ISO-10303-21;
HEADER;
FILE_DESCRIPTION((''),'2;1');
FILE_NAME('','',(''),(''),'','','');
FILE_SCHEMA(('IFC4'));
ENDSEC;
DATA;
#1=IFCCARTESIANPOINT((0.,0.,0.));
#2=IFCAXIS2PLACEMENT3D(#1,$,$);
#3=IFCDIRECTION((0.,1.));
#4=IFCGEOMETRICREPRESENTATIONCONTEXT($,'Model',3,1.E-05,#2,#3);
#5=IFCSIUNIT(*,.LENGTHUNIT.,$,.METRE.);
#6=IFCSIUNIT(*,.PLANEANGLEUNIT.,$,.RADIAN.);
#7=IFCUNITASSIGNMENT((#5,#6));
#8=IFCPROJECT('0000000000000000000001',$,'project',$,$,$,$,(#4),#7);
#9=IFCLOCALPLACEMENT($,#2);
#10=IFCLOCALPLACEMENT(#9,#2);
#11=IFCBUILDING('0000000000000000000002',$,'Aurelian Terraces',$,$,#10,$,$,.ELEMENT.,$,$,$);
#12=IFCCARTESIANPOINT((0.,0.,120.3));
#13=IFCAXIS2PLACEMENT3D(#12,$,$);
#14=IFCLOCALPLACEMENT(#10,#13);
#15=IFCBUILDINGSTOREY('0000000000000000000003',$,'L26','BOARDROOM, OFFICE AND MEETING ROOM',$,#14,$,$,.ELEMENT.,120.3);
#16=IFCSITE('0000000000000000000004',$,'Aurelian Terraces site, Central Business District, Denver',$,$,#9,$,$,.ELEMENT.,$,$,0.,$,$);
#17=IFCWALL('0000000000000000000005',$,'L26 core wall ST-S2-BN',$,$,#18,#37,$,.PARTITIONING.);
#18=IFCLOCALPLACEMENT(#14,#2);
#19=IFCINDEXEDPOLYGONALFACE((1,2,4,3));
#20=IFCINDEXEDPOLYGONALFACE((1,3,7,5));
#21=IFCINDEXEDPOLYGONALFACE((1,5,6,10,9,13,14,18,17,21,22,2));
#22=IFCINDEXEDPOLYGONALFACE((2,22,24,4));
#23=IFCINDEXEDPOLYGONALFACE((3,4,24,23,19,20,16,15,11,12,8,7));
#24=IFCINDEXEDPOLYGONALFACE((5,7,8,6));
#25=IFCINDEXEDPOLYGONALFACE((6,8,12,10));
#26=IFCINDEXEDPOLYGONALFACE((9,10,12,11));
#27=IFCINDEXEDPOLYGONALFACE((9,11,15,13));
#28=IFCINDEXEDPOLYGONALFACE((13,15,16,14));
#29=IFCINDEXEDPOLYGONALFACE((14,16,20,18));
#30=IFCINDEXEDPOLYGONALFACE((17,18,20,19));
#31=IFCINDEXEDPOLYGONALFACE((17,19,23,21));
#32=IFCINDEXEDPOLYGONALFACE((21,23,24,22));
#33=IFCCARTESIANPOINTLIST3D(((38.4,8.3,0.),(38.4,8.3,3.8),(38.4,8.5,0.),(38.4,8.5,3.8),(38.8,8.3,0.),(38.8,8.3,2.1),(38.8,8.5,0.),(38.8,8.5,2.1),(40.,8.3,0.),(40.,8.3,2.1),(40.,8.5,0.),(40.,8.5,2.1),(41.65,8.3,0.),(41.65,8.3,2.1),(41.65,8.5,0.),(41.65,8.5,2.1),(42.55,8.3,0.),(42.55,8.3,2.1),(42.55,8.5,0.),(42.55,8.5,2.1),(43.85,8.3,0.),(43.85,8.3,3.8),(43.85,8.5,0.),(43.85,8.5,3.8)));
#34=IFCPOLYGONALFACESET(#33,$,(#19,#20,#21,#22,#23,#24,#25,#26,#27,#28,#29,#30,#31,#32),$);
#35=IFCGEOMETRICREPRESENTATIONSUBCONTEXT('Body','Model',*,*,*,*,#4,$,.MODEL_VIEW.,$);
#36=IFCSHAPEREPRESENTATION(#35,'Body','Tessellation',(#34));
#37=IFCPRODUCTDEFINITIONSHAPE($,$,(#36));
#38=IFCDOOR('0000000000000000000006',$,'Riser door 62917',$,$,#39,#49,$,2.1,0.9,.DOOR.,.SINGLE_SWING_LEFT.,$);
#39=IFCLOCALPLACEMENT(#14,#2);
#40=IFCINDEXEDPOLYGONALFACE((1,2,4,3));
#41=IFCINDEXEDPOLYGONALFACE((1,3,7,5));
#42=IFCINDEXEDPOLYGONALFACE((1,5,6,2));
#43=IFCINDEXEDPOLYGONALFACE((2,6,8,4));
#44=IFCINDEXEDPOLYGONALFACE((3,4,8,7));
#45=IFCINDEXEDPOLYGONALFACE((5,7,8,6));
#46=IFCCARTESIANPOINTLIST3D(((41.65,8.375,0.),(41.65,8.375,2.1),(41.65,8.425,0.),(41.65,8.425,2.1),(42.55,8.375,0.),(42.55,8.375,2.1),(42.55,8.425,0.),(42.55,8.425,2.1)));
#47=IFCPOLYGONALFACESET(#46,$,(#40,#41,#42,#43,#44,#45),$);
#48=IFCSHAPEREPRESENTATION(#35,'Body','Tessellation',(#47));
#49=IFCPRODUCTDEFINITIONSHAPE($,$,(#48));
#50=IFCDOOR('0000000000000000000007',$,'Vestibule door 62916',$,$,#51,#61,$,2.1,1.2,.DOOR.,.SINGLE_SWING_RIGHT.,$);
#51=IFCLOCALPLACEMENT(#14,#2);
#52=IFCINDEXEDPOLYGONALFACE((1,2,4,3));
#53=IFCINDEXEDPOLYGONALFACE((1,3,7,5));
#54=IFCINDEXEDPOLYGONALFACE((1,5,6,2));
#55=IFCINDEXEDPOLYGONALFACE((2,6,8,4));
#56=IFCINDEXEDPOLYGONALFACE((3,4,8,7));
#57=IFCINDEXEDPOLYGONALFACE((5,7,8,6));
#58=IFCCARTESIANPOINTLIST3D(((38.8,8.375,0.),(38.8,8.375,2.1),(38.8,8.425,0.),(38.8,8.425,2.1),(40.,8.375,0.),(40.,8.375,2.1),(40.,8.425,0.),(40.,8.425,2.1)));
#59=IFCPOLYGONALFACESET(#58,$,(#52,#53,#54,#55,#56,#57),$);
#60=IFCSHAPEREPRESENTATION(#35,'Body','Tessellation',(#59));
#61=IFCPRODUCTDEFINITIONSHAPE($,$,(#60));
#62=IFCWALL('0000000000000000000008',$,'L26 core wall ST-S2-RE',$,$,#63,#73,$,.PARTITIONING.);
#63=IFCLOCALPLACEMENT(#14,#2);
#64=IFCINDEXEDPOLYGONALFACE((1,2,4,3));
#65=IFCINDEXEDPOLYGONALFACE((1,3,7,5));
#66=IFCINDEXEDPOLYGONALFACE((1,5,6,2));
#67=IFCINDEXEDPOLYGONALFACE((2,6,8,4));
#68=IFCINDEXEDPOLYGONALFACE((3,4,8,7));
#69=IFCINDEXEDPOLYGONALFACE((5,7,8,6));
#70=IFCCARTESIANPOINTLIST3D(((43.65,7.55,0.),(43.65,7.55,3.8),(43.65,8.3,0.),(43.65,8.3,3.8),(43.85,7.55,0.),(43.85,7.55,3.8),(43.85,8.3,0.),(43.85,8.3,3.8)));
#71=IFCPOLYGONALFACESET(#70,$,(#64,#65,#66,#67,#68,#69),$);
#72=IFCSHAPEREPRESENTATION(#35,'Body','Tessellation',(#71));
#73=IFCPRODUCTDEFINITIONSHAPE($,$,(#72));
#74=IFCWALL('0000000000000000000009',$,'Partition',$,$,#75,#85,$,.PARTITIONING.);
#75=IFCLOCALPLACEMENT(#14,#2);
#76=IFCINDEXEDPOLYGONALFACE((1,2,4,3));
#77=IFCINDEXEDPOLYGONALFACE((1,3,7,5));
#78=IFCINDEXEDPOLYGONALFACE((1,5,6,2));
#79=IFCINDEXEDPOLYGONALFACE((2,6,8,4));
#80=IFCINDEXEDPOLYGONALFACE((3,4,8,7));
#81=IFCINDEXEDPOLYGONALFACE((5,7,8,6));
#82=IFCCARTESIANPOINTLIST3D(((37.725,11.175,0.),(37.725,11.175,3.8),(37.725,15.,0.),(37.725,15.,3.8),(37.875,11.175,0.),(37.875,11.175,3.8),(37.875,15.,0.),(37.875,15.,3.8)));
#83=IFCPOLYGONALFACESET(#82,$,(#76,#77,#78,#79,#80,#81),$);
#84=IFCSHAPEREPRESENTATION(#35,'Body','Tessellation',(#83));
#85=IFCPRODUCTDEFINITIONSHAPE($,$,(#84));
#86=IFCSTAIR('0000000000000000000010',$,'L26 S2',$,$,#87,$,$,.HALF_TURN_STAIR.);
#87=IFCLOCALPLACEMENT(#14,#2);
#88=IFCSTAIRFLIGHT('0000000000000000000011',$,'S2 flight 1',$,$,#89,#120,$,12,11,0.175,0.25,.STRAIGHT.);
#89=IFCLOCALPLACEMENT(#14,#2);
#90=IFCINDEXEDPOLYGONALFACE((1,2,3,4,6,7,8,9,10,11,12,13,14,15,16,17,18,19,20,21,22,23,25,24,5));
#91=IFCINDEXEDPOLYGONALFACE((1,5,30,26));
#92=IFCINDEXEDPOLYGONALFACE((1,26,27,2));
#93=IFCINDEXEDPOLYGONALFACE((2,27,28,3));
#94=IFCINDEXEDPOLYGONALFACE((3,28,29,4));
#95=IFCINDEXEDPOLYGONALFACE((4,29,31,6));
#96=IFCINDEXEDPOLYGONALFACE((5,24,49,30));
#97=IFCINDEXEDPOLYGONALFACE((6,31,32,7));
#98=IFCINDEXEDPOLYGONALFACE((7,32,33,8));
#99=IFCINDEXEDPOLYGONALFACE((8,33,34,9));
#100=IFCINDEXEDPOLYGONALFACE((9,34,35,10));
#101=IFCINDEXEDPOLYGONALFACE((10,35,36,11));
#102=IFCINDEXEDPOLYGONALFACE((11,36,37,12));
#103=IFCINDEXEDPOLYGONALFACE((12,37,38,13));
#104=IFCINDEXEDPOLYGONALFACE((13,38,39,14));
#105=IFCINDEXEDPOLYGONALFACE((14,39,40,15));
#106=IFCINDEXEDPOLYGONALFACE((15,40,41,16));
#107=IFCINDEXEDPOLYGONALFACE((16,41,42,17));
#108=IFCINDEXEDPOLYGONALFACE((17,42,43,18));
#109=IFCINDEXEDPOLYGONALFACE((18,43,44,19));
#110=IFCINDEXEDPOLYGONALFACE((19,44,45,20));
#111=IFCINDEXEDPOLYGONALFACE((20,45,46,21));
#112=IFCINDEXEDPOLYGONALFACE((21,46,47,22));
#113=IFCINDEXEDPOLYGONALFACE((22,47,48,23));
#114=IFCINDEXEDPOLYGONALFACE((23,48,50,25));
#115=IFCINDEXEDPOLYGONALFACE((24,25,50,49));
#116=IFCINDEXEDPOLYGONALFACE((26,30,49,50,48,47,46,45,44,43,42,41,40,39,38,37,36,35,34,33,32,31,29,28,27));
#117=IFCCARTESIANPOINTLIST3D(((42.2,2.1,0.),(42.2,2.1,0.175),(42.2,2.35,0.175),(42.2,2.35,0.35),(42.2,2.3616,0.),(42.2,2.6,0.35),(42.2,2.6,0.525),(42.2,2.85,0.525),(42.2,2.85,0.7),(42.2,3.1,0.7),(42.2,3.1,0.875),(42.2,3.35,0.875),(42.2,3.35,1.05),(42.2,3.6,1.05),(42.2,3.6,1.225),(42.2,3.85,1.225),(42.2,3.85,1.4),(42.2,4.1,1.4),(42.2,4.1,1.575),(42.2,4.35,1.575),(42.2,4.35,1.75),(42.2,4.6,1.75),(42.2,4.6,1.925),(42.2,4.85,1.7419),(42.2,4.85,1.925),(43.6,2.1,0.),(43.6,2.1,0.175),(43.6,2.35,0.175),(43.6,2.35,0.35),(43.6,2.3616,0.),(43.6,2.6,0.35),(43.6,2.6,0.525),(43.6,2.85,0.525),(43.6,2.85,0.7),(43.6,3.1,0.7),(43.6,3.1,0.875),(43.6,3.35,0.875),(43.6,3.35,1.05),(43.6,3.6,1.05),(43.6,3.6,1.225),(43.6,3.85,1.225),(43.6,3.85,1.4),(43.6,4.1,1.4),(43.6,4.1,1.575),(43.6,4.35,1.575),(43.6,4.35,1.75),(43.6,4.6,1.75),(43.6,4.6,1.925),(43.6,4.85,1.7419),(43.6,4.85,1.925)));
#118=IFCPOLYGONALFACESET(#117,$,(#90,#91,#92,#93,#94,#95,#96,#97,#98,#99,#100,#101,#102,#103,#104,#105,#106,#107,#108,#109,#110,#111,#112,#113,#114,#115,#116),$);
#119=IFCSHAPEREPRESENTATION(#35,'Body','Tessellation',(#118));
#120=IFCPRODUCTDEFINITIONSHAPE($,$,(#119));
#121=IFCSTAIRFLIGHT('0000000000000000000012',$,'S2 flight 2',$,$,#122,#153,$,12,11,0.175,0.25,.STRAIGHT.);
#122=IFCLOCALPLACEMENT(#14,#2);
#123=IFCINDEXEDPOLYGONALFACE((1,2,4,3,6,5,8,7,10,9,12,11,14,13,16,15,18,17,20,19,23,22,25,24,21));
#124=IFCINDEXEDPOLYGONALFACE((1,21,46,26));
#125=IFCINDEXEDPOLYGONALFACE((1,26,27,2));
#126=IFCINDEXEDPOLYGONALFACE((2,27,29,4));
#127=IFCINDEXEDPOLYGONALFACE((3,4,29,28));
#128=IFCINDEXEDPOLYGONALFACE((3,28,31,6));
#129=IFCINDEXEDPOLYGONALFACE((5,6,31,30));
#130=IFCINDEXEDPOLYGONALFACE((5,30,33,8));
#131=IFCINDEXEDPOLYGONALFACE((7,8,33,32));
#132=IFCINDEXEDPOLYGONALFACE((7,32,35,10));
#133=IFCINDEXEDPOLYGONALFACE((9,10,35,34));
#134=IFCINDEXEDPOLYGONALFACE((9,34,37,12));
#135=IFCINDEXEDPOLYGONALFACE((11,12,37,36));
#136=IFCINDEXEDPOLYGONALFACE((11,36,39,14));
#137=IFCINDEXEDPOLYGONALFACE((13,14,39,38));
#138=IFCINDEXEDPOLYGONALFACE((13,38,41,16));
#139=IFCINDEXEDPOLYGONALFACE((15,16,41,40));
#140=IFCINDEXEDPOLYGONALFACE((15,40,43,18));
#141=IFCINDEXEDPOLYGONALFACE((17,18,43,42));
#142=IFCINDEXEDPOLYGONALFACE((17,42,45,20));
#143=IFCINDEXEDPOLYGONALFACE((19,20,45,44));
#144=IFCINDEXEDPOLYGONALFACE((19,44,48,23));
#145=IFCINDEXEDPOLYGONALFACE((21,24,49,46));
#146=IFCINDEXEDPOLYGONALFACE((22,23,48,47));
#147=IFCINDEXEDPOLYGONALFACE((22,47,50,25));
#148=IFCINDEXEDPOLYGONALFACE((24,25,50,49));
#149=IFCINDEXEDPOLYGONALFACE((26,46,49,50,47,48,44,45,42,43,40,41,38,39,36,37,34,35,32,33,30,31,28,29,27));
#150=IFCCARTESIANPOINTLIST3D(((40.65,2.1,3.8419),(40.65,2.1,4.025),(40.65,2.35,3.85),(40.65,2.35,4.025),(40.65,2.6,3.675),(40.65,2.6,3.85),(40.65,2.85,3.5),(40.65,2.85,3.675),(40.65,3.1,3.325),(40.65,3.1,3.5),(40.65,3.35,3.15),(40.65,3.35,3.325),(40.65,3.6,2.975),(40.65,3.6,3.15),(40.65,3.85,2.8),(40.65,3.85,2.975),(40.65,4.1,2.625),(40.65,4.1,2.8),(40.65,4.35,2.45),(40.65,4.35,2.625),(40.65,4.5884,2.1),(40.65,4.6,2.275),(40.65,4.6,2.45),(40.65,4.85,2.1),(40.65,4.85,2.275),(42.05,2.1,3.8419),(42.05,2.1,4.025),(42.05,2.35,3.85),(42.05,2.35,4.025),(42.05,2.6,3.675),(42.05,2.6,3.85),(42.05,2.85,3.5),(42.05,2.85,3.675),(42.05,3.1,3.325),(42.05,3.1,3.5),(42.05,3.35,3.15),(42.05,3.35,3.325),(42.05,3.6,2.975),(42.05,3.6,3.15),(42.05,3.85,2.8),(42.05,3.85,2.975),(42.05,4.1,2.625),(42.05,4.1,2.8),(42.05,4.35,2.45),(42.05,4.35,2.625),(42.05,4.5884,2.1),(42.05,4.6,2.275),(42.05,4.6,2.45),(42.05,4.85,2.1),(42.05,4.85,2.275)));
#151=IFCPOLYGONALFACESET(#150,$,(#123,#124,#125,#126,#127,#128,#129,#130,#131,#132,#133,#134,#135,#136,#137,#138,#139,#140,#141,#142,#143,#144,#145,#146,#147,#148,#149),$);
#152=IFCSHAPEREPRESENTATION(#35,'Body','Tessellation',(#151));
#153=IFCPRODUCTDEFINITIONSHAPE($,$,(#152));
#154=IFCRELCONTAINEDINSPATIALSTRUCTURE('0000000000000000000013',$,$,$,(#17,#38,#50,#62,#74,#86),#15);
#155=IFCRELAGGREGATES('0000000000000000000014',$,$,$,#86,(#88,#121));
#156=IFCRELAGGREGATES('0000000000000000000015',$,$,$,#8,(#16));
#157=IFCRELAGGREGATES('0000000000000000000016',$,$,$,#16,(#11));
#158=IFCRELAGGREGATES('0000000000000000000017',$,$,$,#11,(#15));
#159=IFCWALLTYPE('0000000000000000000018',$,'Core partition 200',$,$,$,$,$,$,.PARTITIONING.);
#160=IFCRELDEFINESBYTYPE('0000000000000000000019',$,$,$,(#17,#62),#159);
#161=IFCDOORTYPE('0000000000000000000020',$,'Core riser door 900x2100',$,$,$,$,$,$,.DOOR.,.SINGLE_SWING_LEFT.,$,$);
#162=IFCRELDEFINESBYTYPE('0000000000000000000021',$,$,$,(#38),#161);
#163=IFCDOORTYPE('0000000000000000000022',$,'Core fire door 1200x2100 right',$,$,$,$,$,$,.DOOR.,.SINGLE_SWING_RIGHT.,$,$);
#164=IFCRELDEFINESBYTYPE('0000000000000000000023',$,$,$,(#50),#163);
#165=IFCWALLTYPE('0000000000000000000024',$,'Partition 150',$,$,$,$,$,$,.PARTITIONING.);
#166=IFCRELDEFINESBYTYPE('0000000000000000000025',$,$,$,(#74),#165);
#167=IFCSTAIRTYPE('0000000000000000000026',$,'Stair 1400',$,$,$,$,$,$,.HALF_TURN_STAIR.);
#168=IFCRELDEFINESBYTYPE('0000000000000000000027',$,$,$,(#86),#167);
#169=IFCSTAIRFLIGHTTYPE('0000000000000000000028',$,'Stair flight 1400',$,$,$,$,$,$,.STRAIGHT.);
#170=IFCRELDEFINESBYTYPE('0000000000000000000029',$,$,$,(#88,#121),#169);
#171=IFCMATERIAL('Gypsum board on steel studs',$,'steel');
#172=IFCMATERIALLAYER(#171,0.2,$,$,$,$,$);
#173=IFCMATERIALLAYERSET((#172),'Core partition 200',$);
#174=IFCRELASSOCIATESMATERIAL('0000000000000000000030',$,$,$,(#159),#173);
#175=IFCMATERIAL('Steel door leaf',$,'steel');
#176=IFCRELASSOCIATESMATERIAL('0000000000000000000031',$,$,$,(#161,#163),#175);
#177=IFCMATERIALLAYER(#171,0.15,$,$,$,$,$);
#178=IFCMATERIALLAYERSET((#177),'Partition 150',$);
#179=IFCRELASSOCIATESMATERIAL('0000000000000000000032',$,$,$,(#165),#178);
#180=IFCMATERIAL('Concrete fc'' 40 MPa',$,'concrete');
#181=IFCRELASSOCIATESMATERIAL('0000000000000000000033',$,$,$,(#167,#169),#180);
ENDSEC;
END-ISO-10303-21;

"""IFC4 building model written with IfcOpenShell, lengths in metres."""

from ifc_helpers import new_model, si_unit, direction, frame, frame_2d, origin, place, context, subcontext, project, spatial, polyline, rectangle, outline, extrude, source, transform, mapped, material, layer, layer_set, type_object, element, fill, aggregate, save


model = new_model("IFC4")

# Units and contexts
model_context = context("Model", 3, precision=1e-05, world=origin(), true_north=direction((0.0, 1.0)))
body_context = subcontext(model_context, "Body", "Model", "MODEL_VIEW")
ifc_project = project(units=[si_unit("LENGTHUNIT", "METRE"), si_unit("PLANEANGLEUNIT", "RADIAN")], contexts=[model_context])

# Site, building, storey
site_placement = place(None, origin())
site = spatial("IfcSite", under=ifc_project, at=site_placement, Name="Aurelian Terraces site, Central Business District, Denver", CompositionType="ELEMENT", RefElevation=0.0)
building_placement = place(site_placement, origin())
building = spatial("IfcBuilding", under=site, at=building_placement, Name="Aurelian Terraces", CompositionType="ELEMENT")
storey_placement = place(building_placement, frame((0.0, 0.0, 120.3)))
storey = spatial("IfcBuildingStorey", under=building, at=storey_placement, Name="L26", Description="BOARDROOM, OFFICE AND MEETING ROOM", CompositionType="ELEMENT", Elevation=120.3)

# Shared definitions
ifc_material_1 = material(Name="Concrete fc' 40 MPa", Category="concrete")

# Shared definitions
ifc_material_2 = material(Name="Steel door leaf", Category="steel")

# Shared definitions
ifc_material_3 = material(Name="Gypsum board on steel studs", Category="steel")
ifc_layer_1 = layer(ifc_material_3, 0.2)
ifc_layer_set_1 = layer_set([ifc_layer_1], Name="Core partition 200")
wall_type_1 = type_object("IfcWallType", Name="Core partition 200", PredefinedType="PARTITIONING", material=ifc_layer_set_1)

# Wall, openings, doors
shared_shape_1 = source(origin(), body_context, "Body", "SweptSolid", [
    extrude(rectangle(XDim=5.45, YDim=0.2, at=frame_2d((2.725, 0.0))), origin(), (0.0, 0.0, 1.0), 3.8),
])
wall_1_placement = place(storey_placement, frame((38.4, 8.4, 0.0), z_axis=(0.0, 0.0, 1.0), x_axis=(1.0, 0.0, 0.0)))
wall_1 = element("IfcWall", 1, at=wall_1_placement, inside=storey, type_object=wall_type_1, Name="L26 core wall ST-S2-BN", PredefinedType="PARTITIONING", context=body_context, shape_type="MappedRepresentation", body=[
    mapped(shared_shape_1, transform((0.0, 0.0, 0.0), scale=1.0)),
])
shared_shape_2 = source(origin(), body_context, "Body", "SweptSolid", [
    extrude(rectangle(XDim=1.2, YDim=2.1, at=frame_2d((0.6, 1.05))), frame((0.0, 0.11, 0.0), z_axis=(0.0, -1.0, 0.0), x_axis=(1.0, 0.0, 0.0)), (0.0, 0.0, 1.0), 0.22),
])
opening_1_placement = place(wall_1_placement, frame((0.4, 0.0, 0.0)))
opening_1 = element("IfcOpeningElement", 2, at=opening_1_placement, cuts=wall_1, PredefinedType="OPENING", context=body_context, shape_type="MappedRepresentation", body=[
    mapped(shared_shape_2, transform((0.0, 0.0, 0.0), scale=1.0)),
])
shared_shape_3 = source(origin(), body_context, "Body", "SweptSolid", [
    extrude(rectangle(XDim=0.9, YDim=2.1, at=frame_2d((0.45, 1.05))), frame((0.0, 0.11, 0.0), z_axis=(0.0, -1.0, 0.0), x_axis=(1.0, 0.0, 0.0)), (0.0, 0.0, 1.0), 0.22),
])
opening_2_placement = place(wall_1_placement, frame((3.25, 0.0, 0.0)))
opening_2 = element("IfcOpeningElement", 3, at=opening_2_placement, cuts=wall_1, PredefinedType="OPENING", context=body_context, shape_type="MappedRepresentation", body=[
    mapped(shared_shape_3, transform((0.0, 0.0, 0.0), scale=1.0)),
])
door_type_1 = type_object("IfcDoorType", Name="Core riser door 900x2100", OperationType="SINGLE_SWING_LEFT", PredefinedType="DOOR", material=ifc_material_2)
shared_shape_4 = source(origin(), body_context, "Body", "SweptSolid", [
    extrude(rectangle(XDim=0.9, YDim=2.1, at=frame_2d((0.45, 1.05))), frame((0.0, 0.025, 0.0), z_axis=(0.0, -1.0, 0.0), x_axis=(1.0, 0.0, 0.0)), (0.0, 0.0, 1.0), 0.05),
])
door_1_placement = place(opening_2_placement, origin())
door_1 = element("IfcDoor", 4, at=door_1_placement, inside=storey, type_object=door_type_1, Name="Riser door 62917", OperationType="SINGLE_SWING_LEFT", OverallHeight=2.1, OverallWidth=0.9, PredefinedType="DOOR", context=body_context, shape_type="MappedRepresentation", body=[
    mapped(shared_shape_4, transform((0.0, 0.0, 0.0), scale=1.0)),
])
fill(opening_2, door_1)
door_type_2 = type_object("IfcDoorType", Name="Core fire door 1200x2100 right", OperationType="SINGLE_SWING_RIGHT", PredefinedType="DOOR", material=ifc_material_2)
shared_shape_5 = source(origin(), body_context, "Body", "SweptSolid", [
    extrude(rectangle(XDim=1.2, YDim=2.1, at=frame_2d((0.6, 1.05))), frame((0.0, 0.025, 0.0), z_axis=(0.0, -1.0, 0.0), x_axis=(1.0, 0.0, 0.0)), (0.0, 0.0, 1.0), 0.05),
])
door_2_placement = place(opening_1_placement, origin())
door_2 = element("IfcDoor", 5, at=door_2_placement, inside=storey, type_object=door_type_2, Name="Vestibule door 62916", OperationType="SINGLE_SWING_RIGHT", OverallHeight=2.1, OverallWidth=1.2, PredefinedType="DOOR", context=body_context, shape_type="MappedRepresentation", body=[
    mapped(shared_shape_5, transform((0.0, 0.0, 0.0), scale=1.0)),
])
fill(opening_1, door_2)

# Walls
shared_shape_6 = source(origin(), body_context, "Body", "SweptSolid", [
    extrude(rectangle(XDim=0.75, YDim=0.2, at=frame_2d((0.375, 0.0))), origin(), (0.0, 0.0, 1.0), 3.8),
])
wall_2_placement = place(storey_placement, frame((43.75, 7.55, 0.0), z_axis=(0.0, 0.0, 1.0), x_axis=(0.0, 1.0, 0.0)))
element("IfcWall", 6, at=wall_2_placement, inside=storey, type_object=wall_type_1, Name="L26 core wall ST-S2-RE", PredefinedType="PARTITIONING", context=body_context, shape_type="MappedRepresentation", body=[
    mapped(shared_shape_6, transform((0.0, 0.0, 0.0), scale=1.0)),
])
ifc_layer_2 = layer(ifc_material_3, 0.15)
ifc_layer_set_2 = layer_set([ifc_layer_2], Name="Partition 150")
wall_type_2 = type_object("IfcWallType", Name="Partition 150", PredefinedType="PARTITIONING", material=ifc_layer_set_2)
shared_shape_7 = source(origin(), body_context, "Body", "SweptSolid", [
    extrude(rectangle(XDim=3.825, YDim=0.15, at=frame_2d((1.9125, 0.0))), origin(), (0.0, 0.0, 1.0), 3.8),
])
wall_3_placement = place(storey_placement, frame((37.8, 11.175, 0.0), z_axis=(0.0, 0.0, 1.0), x_axis=(0.0, 1.0, 0.0)))
element("IfcWall", 7, at=wall_3_placement, inside=storey, type_object=wall_type_2, Name="Partition", PredefinedType="PARTITIONING", context=body_context, shape_type="MappedRepresentation", body=[
    mapped(shared_shape_7, transform((0.0, 0.0, 0.0), scale=1.0)),
])

# Stair, stair flights
stair_type = type_object("IfcStairType", Name="Stair 1400", PredefinedType="HALF_TURN_STAIR", material=ifc_material_1)
stair_placement = place(storey_placement, origin())
stair = element("IfcStair", 8, at=stair_placement, inside=storey, type_object=stair_type, Name="L26 S2", PredefinedType="HALF_TURN_STAIR")
stair_flight_type = type_object("IfcStairFlightType", Name="Stair flight 1400", PredefinedType="STRAIGHT", material=ifc_material_1)
shared_shape_8 = source(origin(), body_context, "Body", "SweptSolid", [
    extrude(outline(polyline([(0.0, 0.0), (0.0, 0.175), (0.25, 0.175), (0.25, 0.35), (0.5, 0.35), (0.5, 0.525), (0.75, 0.525), (0.75, 0.7), (1.0, 0.7), (1.0, 0.875), (1.25, 0.875), (1.25, 1.05), (1.5, 1.05), (1.5, 1.225), (1.75, 1.225), (1.75, 1.4), (2.0, 1.4), (2.0, 1.575), (2.25, 1.575), (2.25, 1.75), (2.5, 1.75), (2.5, 1.925), (2.75, 1.925), (2.75, 2.1), (2.75, 1.7419), (0.2616, 0.0), (0.0, 0.0)])), frame((0.0, 0.7, 0.0), z_axis=(0.0, -1.0, 0.0), x_axis=(1.0, 0.0, 0.0)), (0.0, 0.0, 1.0), 1.4),
])
stair_flight_1_placement = place(storey_placement, frame((42.9, 2.1, 0.0), z_axis=(0.0, 0.0, 1.0), x_axis=(0.0, 1.0, 0.0)))
stair_flight_1 = element("IfcStairFlight", 9, at=stair_flight_1_placement, type_object=stair_flight_type, Name="S2 flight 1", NumberOfRisers=12, NumberOfTreads=11, PredefinedType="STRAIGHT", RiserHeight=0.175, TreadLength=0.25, context=body_context, shape_type="MappedRepresentation", body=[
    mapped(shared_shape_8, transform((0.0, 0.0, 0.0), scale=1.0)),
])
stair_flight_2_placement = place(storey_placement, frame((41.35, 4.85, 2.1), z_axis=(0.0, 0.0, 1.0), x_axis=(0.0, -1.0, 0.0)))
stair_flight_2 = element("IfcStairFlight", 10, at=stair_flight_2_placement, type_object=stair_flight_type, Name="S2 flight 2", NumberOfRisers=12, NumberOfTreads=11, PredefinedType="STRAIGHT", RiserHeight=0.175, TreadLength=0.25, context=body_context, shape_type="MappedRepresentation", body=[
    mapped(shared_shape_8, transform((0.0, 0.0, 0.0), scale=1.0)),
])
aggregate(stair, [stair_flight_1, stair_flight_2])

save(model, "model.ifc")
